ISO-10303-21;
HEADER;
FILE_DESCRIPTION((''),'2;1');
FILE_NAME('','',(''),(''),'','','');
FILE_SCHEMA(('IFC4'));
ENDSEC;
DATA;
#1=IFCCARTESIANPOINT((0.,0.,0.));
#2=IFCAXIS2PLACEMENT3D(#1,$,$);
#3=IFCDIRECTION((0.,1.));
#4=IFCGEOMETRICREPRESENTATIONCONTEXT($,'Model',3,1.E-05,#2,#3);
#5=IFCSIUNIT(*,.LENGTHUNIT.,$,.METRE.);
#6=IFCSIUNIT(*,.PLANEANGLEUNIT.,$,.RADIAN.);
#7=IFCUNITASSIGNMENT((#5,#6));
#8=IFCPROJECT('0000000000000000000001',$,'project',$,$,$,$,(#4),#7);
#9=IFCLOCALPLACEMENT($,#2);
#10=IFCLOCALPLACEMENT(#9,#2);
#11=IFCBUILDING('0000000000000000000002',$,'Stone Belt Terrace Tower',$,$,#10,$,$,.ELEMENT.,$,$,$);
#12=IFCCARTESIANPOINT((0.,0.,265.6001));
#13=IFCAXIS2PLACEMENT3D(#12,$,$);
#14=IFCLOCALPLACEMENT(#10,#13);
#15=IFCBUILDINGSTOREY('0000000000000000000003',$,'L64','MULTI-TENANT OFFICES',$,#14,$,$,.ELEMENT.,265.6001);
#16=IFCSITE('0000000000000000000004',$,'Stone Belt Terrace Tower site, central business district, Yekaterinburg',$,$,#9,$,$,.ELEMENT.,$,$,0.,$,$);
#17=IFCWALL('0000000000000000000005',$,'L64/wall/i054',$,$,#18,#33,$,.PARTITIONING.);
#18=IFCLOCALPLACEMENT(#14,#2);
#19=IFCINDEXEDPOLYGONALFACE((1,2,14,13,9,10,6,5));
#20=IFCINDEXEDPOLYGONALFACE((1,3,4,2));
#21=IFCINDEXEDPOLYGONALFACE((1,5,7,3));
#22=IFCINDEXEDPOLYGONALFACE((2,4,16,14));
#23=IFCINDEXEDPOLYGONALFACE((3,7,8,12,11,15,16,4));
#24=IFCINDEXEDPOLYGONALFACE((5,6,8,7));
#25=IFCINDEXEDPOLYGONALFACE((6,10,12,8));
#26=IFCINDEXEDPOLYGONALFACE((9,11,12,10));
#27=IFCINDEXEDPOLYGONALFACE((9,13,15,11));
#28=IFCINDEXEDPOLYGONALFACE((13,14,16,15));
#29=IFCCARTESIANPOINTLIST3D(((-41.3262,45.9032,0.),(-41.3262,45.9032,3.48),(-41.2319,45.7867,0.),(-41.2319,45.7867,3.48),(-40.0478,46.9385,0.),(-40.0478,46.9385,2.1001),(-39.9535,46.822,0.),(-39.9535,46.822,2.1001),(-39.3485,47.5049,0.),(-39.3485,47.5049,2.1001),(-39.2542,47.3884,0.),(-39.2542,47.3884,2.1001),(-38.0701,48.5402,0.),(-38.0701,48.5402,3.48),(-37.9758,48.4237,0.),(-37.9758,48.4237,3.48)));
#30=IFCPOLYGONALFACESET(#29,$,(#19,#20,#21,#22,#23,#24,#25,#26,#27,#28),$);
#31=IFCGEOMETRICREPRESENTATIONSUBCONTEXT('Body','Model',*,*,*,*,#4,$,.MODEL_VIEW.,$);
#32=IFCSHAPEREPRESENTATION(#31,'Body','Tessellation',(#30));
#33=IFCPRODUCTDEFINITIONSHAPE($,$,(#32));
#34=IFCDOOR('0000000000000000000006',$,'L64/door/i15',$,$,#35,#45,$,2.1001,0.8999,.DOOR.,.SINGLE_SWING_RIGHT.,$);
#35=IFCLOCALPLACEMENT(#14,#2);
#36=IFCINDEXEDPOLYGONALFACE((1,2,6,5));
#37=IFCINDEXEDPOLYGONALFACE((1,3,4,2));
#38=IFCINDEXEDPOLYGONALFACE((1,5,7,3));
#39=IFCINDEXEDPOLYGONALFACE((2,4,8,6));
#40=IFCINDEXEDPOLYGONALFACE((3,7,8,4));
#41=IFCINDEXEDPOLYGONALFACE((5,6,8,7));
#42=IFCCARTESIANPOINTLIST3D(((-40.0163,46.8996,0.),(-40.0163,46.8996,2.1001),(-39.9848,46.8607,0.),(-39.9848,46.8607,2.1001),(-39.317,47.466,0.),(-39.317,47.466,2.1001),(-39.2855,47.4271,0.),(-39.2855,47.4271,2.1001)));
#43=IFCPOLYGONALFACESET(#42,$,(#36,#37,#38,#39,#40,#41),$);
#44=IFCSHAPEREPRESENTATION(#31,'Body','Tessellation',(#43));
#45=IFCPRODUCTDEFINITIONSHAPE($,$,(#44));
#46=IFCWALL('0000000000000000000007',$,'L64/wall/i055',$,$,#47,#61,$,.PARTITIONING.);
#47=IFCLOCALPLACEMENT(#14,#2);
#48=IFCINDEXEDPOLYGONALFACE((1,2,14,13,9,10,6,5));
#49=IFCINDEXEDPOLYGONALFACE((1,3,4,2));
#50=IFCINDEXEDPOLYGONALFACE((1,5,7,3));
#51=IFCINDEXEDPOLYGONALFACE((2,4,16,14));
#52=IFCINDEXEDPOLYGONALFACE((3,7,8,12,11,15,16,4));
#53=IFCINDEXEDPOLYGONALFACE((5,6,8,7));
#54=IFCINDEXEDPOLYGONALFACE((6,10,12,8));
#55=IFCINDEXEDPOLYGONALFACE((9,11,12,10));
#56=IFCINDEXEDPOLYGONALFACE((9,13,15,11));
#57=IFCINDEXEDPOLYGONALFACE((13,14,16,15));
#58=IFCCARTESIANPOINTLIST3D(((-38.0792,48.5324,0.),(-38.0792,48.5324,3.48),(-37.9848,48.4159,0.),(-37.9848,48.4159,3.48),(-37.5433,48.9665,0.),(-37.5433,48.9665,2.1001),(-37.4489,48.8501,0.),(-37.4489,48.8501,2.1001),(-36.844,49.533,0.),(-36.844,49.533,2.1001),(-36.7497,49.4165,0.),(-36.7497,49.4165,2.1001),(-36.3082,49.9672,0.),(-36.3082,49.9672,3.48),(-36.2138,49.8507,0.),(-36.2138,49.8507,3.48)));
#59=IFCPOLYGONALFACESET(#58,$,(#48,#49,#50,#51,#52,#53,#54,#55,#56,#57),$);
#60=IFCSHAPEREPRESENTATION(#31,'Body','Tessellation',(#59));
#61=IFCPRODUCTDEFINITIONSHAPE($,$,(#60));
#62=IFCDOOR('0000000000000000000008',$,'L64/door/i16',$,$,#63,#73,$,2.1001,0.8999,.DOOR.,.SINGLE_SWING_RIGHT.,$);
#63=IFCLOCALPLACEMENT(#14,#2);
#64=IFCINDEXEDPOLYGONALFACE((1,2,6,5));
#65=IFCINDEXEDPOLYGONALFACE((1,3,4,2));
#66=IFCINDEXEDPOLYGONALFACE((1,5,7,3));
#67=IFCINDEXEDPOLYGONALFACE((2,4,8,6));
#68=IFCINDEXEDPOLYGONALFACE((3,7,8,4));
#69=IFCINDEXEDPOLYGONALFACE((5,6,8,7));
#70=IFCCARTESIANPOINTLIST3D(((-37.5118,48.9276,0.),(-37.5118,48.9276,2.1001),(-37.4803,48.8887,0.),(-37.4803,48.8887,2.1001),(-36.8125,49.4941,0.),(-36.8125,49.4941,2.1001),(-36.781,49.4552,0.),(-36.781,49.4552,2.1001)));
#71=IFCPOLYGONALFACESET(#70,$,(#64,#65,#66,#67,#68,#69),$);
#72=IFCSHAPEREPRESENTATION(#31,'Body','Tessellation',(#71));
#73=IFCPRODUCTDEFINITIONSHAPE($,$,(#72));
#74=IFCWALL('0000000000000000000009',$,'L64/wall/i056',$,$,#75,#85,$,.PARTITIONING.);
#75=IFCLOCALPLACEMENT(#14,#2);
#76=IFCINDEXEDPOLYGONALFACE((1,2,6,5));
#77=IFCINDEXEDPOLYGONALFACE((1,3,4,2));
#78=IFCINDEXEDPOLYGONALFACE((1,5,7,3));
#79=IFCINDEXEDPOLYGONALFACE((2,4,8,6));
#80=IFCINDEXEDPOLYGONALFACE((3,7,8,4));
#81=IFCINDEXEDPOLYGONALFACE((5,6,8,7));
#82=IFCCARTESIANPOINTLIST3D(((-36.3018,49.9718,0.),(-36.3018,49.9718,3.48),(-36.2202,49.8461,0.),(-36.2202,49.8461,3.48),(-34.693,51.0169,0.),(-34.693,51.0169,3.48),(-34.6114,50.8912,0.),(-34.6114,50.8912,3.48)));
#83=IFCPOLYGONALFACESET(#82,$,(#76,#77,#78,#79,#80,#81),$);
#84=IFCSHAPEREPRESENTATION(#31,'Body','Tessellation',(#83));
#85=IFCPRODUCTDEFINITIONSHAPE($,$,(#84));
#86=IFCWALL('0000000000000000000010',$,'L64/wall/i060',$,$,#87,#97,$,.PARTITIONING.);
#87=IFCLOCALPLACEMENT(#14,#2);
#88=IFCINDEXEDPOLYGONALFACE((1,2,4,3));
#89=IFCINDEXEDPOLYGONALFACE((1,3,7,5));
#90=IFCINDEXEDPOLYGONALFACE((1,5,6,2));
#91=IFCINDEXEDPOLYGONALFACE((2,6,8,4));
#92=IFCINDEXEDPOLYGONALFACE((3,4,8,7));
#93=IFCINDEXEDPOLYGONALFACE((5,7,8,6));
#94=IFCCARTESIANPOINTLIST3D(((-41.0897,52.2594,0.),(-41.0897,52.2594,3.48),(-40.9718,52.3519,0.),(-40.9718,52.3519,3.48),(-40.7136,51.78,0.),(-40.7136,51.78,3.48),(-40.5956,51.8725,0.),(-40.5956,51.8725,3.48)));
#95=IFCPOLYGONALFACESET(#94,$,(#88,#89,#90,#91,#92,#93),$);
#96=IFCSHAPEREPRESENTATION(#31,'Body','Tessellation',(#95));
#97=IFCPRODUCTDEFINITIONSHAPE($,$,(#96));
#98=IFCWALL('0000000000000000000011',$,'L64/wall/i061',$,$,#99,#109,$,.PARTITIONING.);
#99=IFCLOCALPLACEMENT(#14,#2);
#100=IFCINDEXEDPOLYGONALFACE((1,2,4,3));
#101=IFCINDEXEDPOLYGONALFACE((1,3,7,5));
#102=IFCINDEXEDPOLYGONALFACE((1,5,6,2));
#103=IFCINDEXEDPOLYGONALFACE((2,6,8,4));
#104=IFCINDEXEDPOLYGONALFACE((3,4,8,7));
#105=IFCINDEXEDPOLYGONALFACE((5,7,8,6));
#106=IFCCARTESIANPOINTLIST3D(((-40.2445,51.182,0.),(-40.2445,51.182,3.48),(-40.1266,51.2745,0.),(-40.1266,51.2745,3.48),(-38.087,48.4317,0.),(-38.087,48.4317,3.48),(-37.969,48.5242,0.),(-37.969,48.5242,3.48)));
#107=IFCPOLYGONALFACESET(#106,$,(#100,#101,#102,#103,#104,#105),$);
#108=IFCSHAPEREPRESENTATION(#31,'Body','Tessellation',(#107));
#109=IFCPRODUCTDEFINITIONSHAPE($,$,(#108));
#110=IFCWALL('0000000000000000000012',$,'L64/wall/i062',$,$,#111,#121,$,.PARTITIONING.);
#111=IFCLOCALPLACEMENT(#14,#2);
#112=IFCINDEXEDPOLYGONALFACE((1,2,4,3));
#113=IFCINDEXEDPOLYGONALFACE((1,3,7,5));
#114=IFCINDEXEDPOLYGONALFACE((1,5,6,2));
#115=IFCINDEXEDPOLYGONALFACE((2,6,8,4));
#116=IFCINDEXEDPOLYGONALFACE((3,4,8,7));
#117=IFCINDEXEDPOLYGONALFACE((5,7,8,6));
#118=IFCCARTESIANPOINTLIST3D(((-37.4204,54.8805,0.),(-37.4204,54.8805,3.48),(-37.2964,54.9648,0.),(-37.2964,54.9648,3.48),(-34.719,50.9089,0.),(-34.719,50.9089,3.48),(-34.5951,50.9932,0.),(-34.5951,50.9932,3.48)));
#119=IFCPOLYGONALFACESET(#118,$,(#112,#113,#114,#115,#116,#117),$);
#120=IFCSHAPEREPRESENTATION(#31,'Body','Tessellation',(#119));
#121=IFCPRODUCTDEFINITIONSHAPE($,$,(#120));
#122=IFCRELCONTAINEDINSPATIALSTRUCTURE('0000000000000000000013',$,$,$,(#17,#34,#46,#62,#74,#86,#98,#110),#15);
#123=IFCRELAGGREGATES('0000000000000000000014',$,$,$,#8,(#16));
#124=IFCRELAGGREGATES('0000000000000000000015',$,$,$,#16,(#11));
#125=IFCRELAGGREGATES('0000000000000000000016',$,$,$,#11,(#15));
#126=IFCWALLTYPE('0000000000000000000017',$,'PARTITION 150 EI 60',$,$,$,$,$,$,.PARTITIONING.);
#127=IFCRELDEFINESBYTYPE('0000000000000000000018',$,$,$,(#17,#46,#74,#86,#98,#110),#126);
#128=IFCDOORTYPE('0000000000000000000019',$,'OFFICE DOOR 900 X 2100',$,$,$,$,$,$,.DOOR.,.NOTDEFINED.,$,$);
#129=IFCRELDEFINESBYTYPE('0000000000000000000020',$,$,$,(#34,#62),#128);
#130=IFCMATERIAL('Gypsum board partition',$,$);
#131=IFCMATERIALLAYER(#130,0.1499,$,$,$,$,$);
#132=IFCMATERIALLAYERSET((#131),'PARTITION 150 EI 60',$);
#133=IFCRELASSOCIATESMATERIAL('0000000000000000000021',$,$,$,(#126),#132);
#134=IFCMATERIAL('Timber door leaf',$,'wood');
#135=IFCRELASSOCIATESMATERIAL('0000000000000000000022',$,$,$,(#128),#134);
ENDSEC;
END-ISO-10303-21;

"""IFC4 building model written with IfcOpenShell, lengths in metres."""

from ifc_helpers import new_model, si_unit, direction, frame, frame_2d, origin, place, context, subcontext, project, spatial, rectangle, extrude, material, layer, layer_set, type_object, element, fill, save


model = new_model("IFC4")

# Units and contexts
model_context = context("Model", 3, precision=1e-05, world=origin(), true_north=direction((0.0, 1.0)))
body_context = subcontext(model_context, "Body", "Model", "MODEL_VIEW")
ifc_project = project(units=[si_unit("LENGTHUNIT", "METRE"), si_unit("PLANEANGLEUNIT", "RADIAN")], contexts=[model_context])

# Site, building, storey
site_placement = place(None, origin())
site = spatial("IfcSite", under=ifc_project, at=site_placement, Name="Stone Belt Terrace Tower site, central business district, Yekaterinburg", CompositionType="ELEMENT", RefElevation=0.0)
building_placement = place(site_placement, origin())
building = spatial("IfcBuilding", under=site, at=building_placement, Name="Stone Belt Terrace Tower", CompositionType="ELEMENT")
storey_placement = place(building_placement, frame((0.0, 0.0, 265.6001)))
storey = spatial("IfcBuildingStorey", under=building, at=storey_placement, Name="L64", Description="MULTI-TENANT OFFICES", CompositionType="ELEMENT", Elevation=265.6001)

# Shared definitions
ifc_material_1 = material(Name="Gypsum board partition")
ifc_layer_1 = layer(ifc_material_1, 0.1499)
ifc_layer_set_1 = layer_set([ifc_layer_1], Name="PARTITION 150 EI 60")
wall_type = type_object("IfcWallType", Name="PARTITION 150 EI 60", PredefinedType="PARTITIONING", material=ifc_layer_set_1)

# Walls, openings, doors
wall_1_placement = place(storey_placement, frame((-41.2791, 45.845, 0.0), z_axis=(0.0, 0.0, 1.0), x_axis=(0.77712, 0.629352, 0.0)))
wall_1 = element("IfcWall", 1, at=wall_1_placement, inside=storey, type_object=wall_type, Name="L64/wall/i054", PredefinedType="PARTITIONING", context=body_context, shape_type="SweptSolid", body=[
    extrude(rectangle(XDim=4.1899, YDim=0.1499, at=frame_2d((2.095, 0.0))), origin(), (0.0, 0.0, 1.0), 3.48),
])
opening_1_placement = place(wall_1_placement, frame((1.645, 0.0, 0.0)))
opening_1 = element("IfcOpeningElement", 2, at=opening_1_placement, cuts=wall_1, PredefinedType="OPENING", context=body_context, shape_type="SweptSolid", body=[
    extrude(rectangle(XDim=0.8999, YDim=2.1001, at=frame_2d((0.45, 1.05))), frame((0.0, 0.085, 0.0), z_axis=(0.0, -1.0, 0.0), x_axis=(1.0, 0.0, 0.0)), (0.0, 0.0, 1.0), 0.1699),
])
ifc_material_2 = material(Name="Timber door leaf", Category="wood")
door_type = type_object("IfcDoorType", Name="OFFICE DOOR 900 X 2100", OperationType="NOTDEFINED", PredefinedType="DOOR", material=ifc_material_2)
door_1_placement = place(opening_1_placement, origin())
door_1 = element("IfcDoor", 3, at=door_1_placement, inside=storey, type_object=door_type, Name="L64/door/i15", OperationType="SINGLE_SWING_RIGHT", OverallHeight=2.1001, OverallWidth=0.8999, PredefinedType="DOOR", context=body_context, shape_type="SweptSolid", body=[
    extrude(rectangle(XDim=0.8999, YDim=2.1001, at=frame_2d((0.45, 1.05))), frame((0.0, 0.0249, 0.0), z_axis=(0.0, -1.0, 0.0), x_axis=(1.0, 0.0, 0.0)), (0.0, 0.0, 1.0), 0.05),
])
fill(opening_1, door_1)
wall_2_placement = place(storey_placement, frame((-38.032, 48.4741, 0.0), z_axis=(0.0, 0.0, 1.0), x_axis=(0.776998, 0.629503, 0.0)))
wall_2 = element("IfcWall", 4, at=wall_2_placement, inside=storey, type_object=wall_type, Name="L64/wall/i055", PredefinedType="PARTITIONING", context=body_context, shape_type="SweptSolid", body=[
    extrude(rectangle(XDim=2.2793, YDim=0.1499, at=frame_2d((1.1396, 0.0))), origin(), (0.0, 0.0, 1.0), 3.48),
])
opening_2_placement = place(wall_2_placement, frame((0.6897, 0.0, 0.0)))
opening_2 = element("IfcOpeningElement", 5, at=opening_2_placement, cuts=wall_2, PredefinedType="OPENING", context=body_context, shape_type="SweptSolid", body=[
    extrude(rectangle(XDim=0.8999, YDim=2.1001, at=frame_2d((0.45, 1.05))), frame((0.0, 0.085, 0.0), z_axis=(0.0, -1.0, 0.0), x_axis=(1.0, 0.0, 0.0)), (0.0, 0.0, 1.0), 0.1699),
])
door_2_placement = place(opening_2_placement, origin())
door_2 = element("IfcDoor", 6, at=door_2_placement, inside=storey, type_object=door_type, Name="L64/door/i16", OperationType="SINGLE_SWING_RIGHT", OverallHeight=2.1001, OverallWidth=0.8999, PredefinedType="DOOR", context=body_context, shape_type="SweptSolid", body=[
    extrude(rectangle(XDim=0.8999, YDim=2.1001, at=frame_2d((0.45, 1.05))), frame((0.0, 0.0249, 0.0), z_axis=(0.0, -1.0, 0.0), x_axis=(1.0, 0.0, 0.0)), (0.0, 0.0, 1.0), 0.05),
])
fill(opening_2, door_2)

# Walls
wall_3_placement = place(storey_placement, frame((-36.261, 49.9089, 0.0), z_axis=(0.0, 0.0, 1.0), x_axis=(0.838589, 0.544765, 0.0)))
element("IfcWall", 7, at=wall_3_placement, inside=storey, type_object=wall_type, Name="L64/wall/i056", PredefinedType="PARTITIONING", context=body_context, shape_type="SweptSolid", body=[
    extrude(rectangle(XDim=1.9185, YDim=0.1499, at=frame_2d((0.9592, 0.0))), origin(), (0.0, 0.0, 1.0), 3.48),
])
wall_4_placement = place(storey_placement, frame((-41.0308, 52.3057, 0.0), z_axis=(0.0, 0.0, 1.0), x_axis=(0.617291, -0.786735, 0.0)))
element("IfcWall", 8, at=wall_4_placement, inside=storey, type_object=wall_type, Name="L64/wall/i060", PredefinedType="PARTITIONING", context=body_context, shape_type="SweptSolid", body=[
    extrude(rectangle(XDim=0.6094, YDim=0.1499, at=frame_2d((0.3047, 0.0))), origin(), (0.0, 0.0, 1.0), 3.48),
])
wall_5_placement = place(storey_placement, frame((-40.1855, 51.2283, 0.0), z_axis=(0.0, 0.0, 1.0), x_axis=(0.617214, -0.786796, 0.0)))
element("IfcWall", 9, at=wall_5_placement, inside=storey, type_object=wall_type, Name="L64/wall/i061", PredefinedType="PARTITIONING", context=body_context, shape_type="SweptSolid", body=[
    extrude(rectangle(XDim=3.4956, YDim=0.1499, at=frame_2d((1.7478, 0.0))), origin(), (0.0, 0.0, 1.0), 3.48),
])
wall_6_placement = place(storey_placement, frame((-37.3584, 54.9226, 0.0), z_axis=(0.0, 0.0, 1.0), x_axis=(0.562406, -0.826861, 0.0)))
element("IfcWall", 10, at=wall_6_placement, inside=storey, type_object=wall_type, Name="L64/wall/i062", PredefinedType="PARTITIONING", context=body_context, shape_type="SweptSolid", body=[
    extrude(rectangle(XDim=4.8032, YDim=0.1499, at=frame_2d((2.4016, 0.0))), origin(), (0.0, 0.0, 1.0), 3.48),
])

save(model, "model.ifc")
